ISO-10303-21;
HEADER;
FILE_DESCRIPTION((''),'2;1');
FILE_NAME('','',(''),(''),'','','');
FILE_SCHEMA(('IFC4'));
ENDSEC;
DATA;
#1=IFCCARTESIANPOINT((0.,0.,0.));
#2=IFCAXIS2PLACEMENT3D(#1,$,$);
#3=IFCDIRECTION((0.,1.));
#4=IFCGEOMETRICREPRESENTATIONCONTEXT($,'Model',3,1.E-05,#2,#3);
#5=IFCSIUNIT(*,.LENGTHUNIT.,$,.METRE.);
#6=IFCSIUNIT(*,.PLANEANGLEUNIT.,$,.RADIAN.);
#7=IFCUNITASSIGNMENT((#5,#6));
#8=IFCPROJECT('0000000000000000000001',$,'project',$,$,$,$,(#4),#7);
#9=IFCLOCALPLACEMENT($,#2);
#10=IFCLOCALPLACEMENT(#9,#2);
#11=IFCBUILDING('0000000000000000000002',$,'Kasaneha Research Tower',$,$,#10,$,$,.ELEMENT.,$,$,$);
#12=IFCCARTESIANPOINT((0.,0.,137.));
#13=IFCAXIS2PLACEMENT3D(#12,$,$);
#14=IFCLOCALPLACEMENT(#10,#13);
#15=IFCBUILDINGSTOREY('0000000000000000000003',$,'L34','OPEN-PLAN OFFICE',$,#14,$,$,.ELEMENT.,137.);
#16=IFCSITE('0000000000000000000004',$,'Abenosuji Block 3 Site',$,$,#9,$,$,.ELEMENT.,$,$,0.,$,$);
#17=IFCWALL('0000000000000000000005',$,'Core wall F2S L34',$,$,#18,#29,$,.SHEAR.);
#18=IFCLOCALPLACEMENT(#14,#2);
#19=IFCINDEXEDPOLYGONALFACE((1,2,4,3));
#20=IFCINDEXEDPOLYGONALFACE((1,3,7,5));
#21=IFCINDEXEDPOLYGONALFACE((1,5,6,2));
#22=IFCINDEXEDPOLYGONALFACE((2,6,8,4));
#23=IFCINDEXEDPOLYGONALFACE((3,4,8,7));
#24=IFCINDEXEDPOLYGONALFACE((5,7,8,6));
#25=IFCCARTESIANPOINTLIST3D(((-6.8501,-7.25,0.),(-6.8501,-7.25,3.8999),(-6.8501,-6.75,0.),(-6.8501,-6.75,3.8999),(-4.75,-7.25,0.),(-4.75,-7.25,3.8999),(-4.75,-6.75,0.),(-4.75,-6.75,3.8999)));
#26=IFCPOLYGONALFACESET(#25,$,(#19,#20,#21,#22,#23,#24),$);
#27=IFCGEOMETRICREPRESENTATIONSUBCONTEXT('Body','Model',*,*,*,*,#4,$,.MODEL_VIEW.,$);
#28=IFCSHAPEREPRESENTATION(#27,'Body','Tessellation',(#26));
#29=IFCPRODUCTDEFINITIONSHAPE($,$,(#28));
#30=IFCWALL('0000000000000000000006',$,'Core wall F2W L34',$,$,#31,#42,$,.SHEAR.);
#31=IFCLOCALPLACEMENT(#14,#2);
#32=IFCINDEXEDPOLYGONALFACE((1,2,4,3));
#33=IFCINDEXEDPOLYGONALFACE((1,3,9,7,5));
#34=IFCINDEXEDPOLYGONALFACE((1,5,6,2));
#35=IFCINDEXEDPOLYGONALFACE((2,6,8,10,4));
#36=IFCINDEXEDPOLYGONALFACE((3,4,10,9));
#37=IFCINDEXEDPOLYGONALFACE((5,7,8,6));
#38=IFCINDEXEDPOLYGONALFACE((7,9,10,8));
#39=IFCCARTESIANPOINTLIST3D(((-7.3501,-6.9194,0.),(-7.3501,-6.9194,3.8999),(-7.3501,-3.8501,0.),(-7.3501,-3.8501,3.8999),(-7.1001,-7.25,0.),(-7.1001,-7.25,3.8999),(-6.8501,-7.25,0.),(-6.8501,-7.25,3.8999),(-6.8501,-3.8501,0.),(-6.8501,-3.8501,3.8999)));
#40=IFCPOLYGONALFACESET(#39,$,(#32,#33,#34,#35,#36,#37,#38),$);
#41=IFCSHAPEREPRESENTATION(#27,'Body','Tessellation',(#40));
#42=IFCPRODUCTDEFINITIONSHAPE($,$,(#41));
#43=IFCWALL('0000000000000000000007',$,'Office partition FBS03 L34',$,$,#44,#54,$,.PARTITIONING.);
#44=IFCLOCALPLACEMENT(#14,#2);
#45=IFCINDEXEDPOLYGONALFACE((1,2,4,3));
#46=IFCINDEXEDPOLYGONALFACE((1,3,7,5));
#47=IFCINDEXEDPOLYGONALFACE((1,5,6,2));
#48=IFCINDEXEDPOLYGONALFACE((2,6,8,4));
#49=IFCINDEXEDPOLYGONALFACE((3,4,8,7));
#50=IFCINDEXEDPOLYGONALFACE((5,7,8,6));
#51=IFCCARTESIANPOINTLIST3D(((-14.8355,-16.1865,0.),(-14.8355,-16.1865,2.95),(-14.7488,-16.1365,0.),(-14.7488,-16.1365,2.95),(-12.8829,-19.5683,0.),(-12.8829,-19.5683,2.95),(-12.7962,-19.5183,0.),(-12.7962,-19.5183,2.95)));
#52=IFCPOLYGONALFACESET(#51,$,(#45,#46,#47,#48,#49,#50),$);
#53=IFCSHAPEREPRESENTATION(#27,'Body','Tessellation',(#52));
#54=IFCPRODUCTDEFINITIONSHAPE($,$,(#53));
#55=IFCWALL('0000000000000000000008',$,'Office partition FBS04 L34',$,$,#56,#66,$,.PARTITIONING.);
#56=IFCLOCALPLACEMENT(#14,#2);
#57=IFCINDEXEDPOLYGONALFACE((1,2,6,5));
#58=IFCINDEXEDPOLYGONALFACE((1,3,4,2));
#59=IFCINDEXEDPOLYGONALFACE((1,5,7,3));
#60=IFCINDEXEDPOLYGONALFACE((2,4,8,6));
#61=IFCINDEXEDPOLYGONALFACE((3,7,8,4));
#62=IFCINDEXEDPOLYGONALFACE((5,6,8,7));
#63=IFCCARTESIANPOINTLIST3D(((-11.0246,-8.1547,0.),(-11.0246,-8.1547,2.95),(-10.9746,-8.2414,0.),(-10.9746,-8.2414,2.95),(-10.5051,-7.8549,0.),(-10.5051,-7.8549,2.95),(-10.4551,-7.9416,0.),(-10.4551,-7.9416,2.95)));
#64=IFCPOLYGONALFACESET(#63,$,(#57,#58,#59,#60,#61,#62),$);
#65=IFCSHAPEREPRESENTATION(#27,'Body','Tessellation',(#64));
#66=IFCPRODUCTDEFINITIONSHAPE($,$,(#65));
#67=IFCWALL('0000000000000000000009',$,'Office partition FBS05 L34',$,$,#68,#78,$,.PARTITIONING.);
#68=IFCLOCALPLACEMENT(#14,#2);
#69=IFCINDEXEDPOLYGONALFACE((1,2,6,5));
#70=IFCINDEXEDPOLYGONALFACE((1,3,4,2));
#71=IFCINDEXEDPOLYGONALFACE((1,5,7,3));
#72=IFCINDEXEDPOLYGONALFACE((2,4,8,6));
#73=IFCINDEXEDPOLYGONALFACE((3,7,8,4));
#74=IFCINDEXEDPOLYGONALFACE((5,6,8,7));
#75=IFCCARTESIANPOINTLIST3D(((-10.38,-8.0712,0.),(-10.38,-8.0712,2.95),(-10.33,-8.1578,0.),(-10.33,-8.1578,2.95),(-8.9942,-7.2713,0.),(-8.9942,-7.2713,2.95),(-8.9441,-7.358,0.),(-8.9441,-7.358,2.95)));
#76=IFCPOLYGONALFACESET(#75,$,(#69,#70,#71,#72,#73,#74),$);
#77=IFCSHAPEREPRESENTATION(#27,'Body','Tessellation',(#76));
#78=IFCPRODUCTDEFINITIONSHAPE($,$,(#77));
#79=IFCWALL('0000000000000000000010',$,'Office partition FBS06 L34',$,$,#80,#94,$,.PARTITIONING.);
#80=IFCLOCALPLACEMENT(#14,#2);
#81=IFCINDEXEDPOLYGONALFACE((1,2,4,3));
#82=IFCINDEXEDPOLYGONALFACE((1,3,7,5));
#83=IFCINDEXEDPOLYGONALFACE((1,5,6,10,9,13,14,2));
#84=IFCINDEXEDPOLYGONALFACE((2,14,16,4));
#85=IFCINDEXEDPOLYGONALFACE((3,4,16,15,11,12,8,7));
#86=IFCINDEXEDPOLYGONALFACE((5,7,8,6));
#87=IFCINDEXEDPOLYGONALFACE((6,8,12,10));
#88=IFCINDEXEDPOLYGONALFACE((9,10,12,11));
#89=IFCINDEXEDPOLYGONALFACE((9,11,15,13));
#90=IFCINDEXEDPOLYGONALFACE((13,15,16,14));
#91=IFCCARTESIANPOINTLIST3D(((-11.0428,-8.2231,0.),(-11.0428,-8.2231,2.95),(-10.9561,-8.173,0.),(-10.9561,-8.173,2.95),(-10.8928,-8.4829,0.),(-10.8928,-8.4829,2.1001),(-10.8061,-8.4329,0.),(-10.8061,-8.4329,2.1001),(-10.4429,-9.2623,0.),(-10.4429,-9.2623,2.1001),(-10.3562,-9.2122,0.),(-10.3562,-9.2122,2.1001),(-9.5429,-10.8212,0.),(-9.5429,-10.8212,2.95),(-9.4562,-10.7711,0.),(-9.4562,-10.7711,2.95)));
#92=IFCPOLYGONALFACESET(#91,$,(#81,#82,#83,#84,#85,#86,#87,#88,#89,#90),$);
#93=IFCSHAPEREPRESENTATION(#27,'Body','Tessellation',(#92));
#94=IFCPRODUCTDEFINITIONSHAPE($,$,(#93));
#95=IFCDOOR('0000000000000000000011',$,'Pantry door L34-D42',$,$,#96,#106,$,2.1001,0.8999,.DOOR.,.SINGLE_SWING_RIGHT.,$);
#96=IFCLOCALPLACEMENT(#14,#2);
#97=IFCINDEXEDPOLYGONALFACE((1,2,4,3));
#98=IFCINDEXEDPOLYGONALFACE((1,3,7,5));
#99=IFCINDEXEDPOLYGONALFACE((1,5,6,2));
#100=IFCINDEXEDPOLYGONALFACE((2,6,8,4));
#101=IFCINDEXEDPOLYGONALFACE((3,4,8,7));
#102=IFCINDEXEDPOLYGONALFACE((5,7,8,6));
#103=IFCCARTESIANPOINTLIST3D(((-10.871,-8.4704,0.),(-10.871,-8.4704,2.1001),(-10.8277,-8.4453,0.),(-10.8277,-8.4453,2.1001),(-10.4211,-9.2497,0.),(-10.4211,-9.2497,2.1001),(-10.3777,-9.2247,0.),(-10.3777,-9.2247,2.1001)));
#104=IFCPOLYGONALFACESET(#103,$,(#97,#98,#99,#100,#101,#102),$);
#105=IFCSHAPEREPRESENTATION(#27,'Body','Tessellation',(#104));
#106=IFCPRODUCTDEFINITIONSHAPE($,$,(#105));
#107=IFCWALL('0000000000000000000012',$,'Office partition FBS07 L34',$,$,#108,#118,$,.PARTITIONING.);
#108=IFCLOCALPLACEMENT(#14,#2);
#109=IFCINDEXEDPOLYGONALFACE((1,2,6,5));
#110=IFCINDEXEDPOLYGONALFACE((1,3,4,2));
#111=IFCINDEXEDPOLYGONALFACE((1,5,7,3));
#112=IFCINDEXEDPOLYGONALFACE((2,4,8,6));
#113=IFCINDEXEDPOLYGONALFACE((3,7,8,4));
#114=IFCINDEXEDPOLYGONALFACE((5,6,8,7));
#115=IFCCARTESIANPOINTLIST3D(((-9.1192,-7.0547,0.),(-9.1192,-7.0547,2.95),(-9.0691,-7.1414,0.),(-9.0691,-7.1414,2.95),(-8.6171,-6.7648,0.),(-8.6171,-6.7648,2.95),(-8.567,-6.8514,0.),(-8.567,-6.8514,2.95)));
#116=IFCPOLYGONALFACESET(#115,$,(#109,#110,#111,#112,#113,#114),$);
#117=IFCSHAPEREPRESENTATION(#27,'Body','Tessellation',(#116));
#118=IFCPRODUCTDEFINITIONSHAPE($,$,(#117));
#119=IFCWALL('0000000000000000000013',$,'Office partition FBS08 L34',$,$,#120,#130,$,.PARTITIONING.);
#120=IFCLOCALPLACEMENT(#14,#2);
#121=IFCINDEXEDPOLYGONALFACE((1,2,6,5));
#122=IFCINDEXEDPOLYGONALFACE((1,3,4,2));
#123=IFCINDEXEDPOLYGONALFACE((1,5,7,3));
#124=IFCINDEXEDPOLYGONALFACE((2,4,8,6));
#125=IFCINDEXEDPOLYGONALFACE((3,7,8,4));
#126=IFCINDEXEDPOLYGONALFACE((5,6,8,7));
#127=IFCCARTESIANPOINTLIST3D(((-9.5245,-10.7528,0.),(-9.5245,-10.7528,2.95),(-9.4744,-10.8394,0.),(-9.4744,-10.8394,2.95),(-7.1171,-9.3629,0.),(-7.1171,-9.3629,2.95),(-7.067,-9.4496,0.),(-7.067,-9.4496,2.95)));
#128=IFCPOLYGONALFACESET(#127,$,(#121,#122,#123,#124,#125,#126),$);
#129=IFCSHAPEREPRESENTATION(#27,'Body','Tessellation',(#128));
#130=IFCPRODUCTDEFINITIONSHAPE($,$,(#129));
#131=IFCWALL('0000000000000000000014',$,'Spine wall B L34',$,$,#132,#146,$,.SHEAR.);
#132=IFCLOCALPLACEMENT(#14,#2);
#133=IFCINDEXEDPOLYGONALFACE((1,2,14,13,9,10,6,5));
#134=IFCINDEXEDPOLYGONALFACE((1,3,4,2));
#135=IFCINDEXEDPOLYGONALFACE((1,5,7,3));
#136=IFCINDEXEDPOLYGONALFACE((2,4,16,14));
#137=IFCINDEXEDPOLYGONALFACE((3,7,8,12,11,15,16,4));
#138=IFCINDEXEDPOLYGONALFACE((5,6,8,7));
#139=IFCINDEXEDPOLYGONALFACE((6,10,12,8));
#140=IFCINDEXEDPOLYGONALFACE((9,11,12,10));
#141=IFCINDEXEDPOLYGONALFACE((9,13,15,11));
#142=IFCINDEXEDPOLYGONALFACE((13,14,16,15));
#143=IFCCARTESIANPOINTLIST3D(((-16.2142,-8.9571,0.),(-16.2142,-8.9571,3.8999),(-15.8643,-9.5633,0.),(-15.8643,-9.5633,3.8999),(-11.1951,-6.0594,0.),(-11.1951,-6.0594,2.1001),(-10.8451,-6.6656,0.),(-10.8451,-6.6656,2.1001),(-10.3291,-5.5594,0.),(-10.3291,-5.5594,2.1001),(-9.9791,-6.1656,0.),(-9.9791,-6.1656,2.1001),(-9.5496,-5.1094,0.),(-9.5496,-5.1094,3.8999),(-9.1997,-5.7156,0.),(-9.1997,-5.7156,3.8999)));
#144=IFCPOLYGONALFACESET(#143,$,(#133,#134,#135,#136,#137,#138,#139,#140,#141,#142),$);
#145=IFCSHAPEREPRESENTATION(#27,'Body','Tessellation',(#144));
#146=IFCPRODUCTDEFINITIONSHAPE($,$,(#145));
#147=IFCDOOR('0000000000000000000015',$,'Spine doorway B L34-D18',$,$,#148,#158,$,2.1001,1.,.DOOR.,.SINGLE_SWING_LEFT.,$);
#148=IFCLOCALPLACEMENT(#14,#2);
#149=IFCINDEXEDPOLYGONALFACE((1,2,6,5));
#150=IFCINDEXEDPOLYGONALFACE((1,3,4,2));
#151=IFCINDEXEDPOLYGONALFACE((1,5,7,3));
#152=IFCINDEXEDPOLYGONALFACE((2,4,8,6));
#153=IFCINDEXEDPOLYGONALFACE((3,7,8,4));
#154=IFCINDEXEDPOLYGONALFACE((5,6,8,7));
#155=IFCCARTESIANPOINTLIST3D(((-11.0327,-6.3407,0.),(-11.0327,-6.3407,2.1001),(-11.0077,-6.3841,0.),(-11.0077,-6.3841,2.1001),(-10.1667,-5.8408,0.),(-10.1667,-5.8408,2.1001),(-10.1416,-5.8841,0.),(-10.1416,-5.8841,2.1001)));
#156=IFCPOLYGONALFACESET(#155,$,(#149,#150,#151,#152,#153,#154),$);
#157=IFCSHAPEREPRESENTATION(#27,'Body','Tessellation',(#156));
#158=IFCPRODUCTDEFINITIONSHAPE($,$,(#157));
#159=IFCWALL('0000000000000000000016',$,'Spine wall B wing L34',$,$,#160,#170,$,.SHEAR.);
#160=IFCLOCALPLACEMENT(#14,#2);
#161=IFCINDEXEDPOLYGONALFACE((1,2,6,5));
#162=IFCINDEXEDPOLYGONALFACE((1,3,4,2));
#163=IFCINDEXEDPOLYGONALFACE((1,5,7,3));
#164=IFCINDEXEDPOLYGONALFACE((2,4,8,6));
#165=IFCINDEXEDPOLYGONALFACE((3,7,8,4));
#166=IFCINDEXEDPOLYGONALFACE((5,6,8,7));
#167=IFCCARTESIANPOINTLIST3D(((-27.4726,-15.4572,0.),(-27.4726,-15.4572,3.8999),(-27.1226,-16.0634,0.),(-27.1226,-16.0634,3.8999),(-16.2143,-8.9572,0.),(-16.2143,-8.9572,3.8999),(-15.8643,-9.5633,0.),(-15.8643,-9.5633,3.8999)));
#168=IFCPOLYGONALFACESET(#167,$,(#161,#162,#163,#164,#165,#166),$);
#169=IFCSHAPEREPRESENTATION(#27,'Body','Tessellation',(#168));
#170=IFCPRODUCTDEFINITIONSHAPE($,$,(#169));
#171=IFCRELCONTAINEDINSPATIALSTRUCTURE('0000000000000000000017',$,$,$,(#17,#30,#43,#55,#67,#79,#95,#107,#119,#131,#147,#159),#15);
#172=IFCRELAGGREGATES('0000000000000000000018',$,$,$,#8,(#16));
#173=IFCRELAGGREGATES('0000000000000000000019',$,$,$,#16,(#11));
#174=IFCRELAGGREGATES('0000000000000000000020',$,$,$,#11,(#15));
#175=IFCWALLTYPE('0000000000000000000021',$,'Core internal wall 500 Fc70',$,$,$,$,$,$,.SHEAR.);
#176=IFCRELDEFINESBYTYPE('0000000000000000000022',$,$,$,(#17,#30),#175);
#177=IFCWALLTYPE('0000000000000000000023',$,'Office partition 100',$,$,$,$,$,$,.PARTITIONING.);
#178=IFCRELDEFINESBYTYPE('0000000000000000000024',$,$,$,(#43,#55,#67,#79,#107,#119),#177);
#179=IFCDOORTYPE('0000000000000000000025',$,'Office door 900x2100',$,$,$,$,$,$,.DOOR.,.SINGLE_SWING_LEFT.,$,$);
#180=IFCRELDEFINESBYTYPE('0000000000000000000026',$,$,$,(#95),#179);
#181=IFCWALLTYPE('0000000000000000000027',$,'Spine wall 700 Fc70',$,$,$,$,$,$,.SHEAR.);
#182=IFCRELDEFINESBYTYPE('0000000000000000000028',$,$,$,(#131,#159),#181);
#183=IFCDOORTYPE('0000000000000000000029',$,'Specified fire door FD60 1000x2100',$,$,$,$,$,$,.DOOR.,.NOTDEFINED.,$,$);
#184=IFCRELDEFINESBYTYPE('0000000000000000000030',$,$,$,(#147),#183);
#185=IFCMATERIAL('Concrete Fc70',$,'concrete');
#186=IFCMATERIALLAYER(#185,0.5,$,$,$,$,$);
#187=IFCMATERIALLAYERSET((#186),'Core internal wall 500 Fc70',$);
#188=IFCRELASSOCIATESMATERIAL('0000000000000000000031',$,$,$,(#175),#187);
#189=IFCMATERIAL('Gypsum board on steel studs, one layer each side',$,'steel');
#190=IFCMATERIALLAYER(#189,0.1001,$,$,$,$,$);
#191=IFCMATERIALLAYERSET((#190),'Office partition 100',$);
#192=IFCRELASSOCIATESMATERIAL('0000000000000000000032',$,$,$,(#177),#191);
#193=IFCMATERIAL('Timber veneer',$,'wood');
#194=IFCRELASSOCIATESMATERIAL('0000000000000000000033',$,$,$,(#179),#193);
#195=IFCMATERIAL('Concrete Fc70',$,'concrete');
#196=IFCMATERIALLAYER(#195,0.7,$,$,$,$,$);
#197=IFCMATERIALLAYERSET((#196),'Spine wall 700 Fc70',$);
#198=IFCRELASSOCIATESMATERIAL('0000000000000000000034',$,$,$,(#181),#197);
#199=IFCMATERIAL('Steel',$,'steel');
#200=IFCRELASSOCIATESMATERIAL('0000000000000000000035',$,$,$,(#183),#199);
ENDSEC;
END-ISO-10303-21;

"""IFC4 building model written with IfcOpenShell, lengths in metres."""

from ifc_helpers import new_model, si_unit, direction, frame, frame_2d, origin, place, context, subcontext, project, spatial, polyline, rectangle, outline, extrude, material, layer, layer_set, type_object, element, fill, save


model = new_model("IFC4")

# Units and contexts
model_context = context("Model", 3, precision=1e-05, world=origin(), true_north=direction((0.0, 1.0)))
body_context = subcontext(model_context, "Body", "Model", "MODEL_VIEW")
ifc_project = project(units=[si_unit("LENGTHUNIT", "METRE"), si_unit("PLANEANGLEUNIT", "RADIAN")], contexts=[model_context])

# Site, building, storey
site_placement = place(None, origin())
site = spatial("IfcSite", under=ifc_project, at=site_placement, Name="Abenosuji Block 3 Site", CompositionType="ELEMENT", RefElevation=0.0)
building_placement = place(site_placement, origin())
building = spatial("IfcBuilding", under=site, at=building_placement, Name="Kasaneha Research Tower", CompositionType="ELEMENT")
storey_placement = place(building_placement, frame((0.0, 0.0, 137.0)))
storey = spatial("IfcBuildingStorey", under=building, at=storey_placement, Name="L34", Description="OPEN-PLAN OFFICE", CompositionType="ELEMENT", Elevation=137.0)

# Shared definitions
ifc_material_1 = material(Name="Concrete Fc70", Category="concrete")
ifc_layer_1 = layer(ifc_material_1, 0.5)
ifc_layer_set_1 = layer_set([ifc_layer_1], Name="Core internal wall 500 Fc70")
wall_type_1 = type_object("IfcWallType", Name="Core internal wall 500 Fc70", PredefinedType="SHEAR", material=ifc_layer_set_1)

# Walls
wall_1_placement = place(storey_placement, frame((-6.8501, -7.0, 0.0), z_axis=(0.0, 0.0, 1.0), x_axis=(1.0, 0.0, 0.0)))
element("IfcWall", 1, at=wall_1_placement, inside=storey, type_object=wall_type_1, Name="Core wall F2S L34", PredefinedType="SHEAR", context=body_context, shape_type="SweptSolid", body=[
    extrude(rectangle(XDim=2.1001, YDim=0.5, at=frame_2d((1.05, 0.0))), origin(), (0.0, 0.0, 1.0), 3.8999),
])
wall_2_placement = place(storey_placement, frame((-7.1001, -3.8501, 0.0), z_axis=(0.0, 0.0, 1.0), x_axis=(0.0, -1.0, 0.0)))
element("IfcWall", 2, at=wall_2_placement, inside=storey, type_object=wall_type_1, Name="Core wall F2W L34", PredefinedType="SHEAR", context=body_context, shape_type="SweptSolid", body=[
    extrude(outline(polyline([(0.0, -0.25), (3.0693, -0.25), (3.3999, 0.0), (3.3999, 0.25), (0.0, 0.25), (0.0, -0.25)])), origin(), (0.0, 0.0, 1.0), 3.8999),
])
ifc_material_2 = material(Name="Gypsum board on steel studs, one layer each side", Category="steel")
ifc_layer_2 = layer(ifc_material_2, 0.1001)
ifc_layer_set_2 = layer_set([ifc_layer_2], Name="Office partition 100")
wall_type_2 = type_object("IfcWallType", Name="Office partition 100", PredefinedType="PARTITIONING", material=ifc_layer_set_2)
wall_3_placement = place(storey_placement, frame((-14.7922, -16.1614, 0.0), z_axis=(0.0, 0.0, 1.0), x_axis=(0.500026, -0.866011, 0.0)))
element("IfcWall", 3, at=wall_3_placement, inside=storey, type_object=wall_type_2, Name="Office partition FBS03 L34", PredefinedType="PARTITIONING", context=body_context, shape_type="SweptSolid", body=[
    extrude(rectangle(XDim=3.905, YDim=0.1001, at=frame_2d((1.9526, 0.0))), origin(), (0.0, 0.0, 1.0), 2.95),
])
wall_4_placement = place(storey_placement, frame((-10.9995, -8.198, 0.0), z_axis=(0.0, 0.0, 1.0), x_axis=(0.866131, 0.499816, 0.0)))
element("IfcWall", 4, at=wall_4_placement, inside=storey, type_object=wall_type_2, Name="Office partition FBS04 L34", PredefinedType="PARTITIONING", context=body_context, shape_type="SweptSolid", body=[
    extrude(rectangle(XDim=0.5999, YDim=0.1001, at=frame_2d((0.2998, 0.0))), origin(), (0.0, 0.0, 1.0), 2.95),
])
wall_5_placement = place(storey_placement, frame((-10.355, -8.1145, 0.0), z_axis=(0.0, 0.0, 1.0), x_axis=(0.866094, 0.499881, 0.0)))
element("IfcWall", 5, at=wall_5_placement, inside=storey, type_object=wall_type_2, Name="Office partition FBS05 L34", PredefinedType="PARTITIONING", context=body_context, shape_type="SweptSolid", body=[
    extrude(rectangle(XDim=1.6001, YDim=0.1001, at=frame_2d((0.8, 0.0))), origin(), (0.0, 0.0, 1.0), 2.95),
])

# Wall, opening, door
wall_6_placement = place(storey_placement, frame((-9.4995, -10.7961, 0.0), z_axis=(0.0, 0.0, 1.0), x_axis=(-0.49999, 0.866031, 0.0)))
wall_6 = element("IfcWall", 6, at=wall_6_placement, inside=storey, type_object=wall_type_2, Name="Office partition FBS06 L34", PredefinedType="PARTITIONING", context=body_context, shape_type="SweptSolid", body=[
    extrude(rectangle(XDim=3.0, YDim=0.1001, at=frame_2d((1.5, 0.0))), origin(), (0.0, 0.0, 1.0), 2.95),
])
opening_1_placement = place(wall_6_placement, frame((1.8, 0.0, 0.0)))
opening_1 = element("IfcOpeningElement", 7, at=opening_1_placement, cuts=wall_6, PredefinedType="OPENING", context=body_context, shape_type="SweptSolid", body=[
    extrude(rectangle(XDim=0.8999, YDim=2.1001, at=frame_2d((0.45, 1.05))), frame((0.0, 0.0601, 0.0), z_axis=(0.0, -1.0, 0.0), x_axis=(1.0, 0.0, 0.0)), (0.0, 0.0, 1.0), 0.1201),
])
ifc_material_3 = material(Name="Timber veneer", Category="wood")
door_type_1 = type_object("IfcDoorType", Name="Office door 900x2100", OperationType="SINGLE_SWING_LEFT", PredefinedType="DOOR", material=ifc_material_3)
door_1_placement = place(opening_1_placement, origin())
door_1 = element("IfcDoor", 8, at=door_1_placement, inside=storey, type_object=door_type_1, Name="Pantry door L34-D42", OperationType="SINGLE_SWING_RIGHT", OverallHeight=2.1001, OverallWidth=0.8999, PredefinedType="DOOR", context=body_context, shape_type="SweptSolid", body=[
    extrude(rectangle(XDim=0.8999, YDim=2.1001, at=frame_2d((0.45, 1.05))), frame((0.0, 0.0249, 0.0), z_axis=(0.0, -1.0, 0.0), x_axis=(1.0, 0.0, 0.0)), (0.0, 0.0, 1.0), 0.05),
])
fill(opening_1, door_1)

# Walls
wall_7_placement = place(storey_placement, frame((-9.0942, -7.0981, 0.0), z_axis=(0.0, 0.0, 1.0), x_axis=(0.865954, 0.500123, 0.0)))
element("IfcWall", 9, at=wall_7_placement, inside=storey, type_object=wall_type_2, Name="Office partition FBS07 L34", PredefinedType="PARTITIONING", context=body_context, shape_type="SweptSolid", body=[
    extrude(rectangle(XDim=0.5798, YDim=0.1001, at=frame_2d((0.29, 0.0))), origin(), (0.0, 0.0, 1.0), 2.95),
])
wall_8_placement = place(storey_placement, frame((-7.092, -9.4062, 0.0), z_axis=(0.0, 0.0, 1.0), x_axis=(-0.866035, -0.499983, 0.0)))
element("IfcWall", 10, at=wall_8_placement, inside=storey, type_object=wall_type_2, Name="Office partition FBS08 L34", PredefinedType="PARTITIONING", context=body_context, shape_type="SweptSolid", body=[
    extrude(rectangle(XDim=2.7798, YDim=0.1001, at=frame_2d((1.3899, 0.0))), origin(), (0.0, 0.0, 1.0), 2.95),
])

# Wall, opening, door
ifc_material_4 = material(Name="Concrete Fc70", Category="concrete")
ifc_layer_3 = layer(ifc_material_4, 0.7)
ifc_layer_set_3 = layer_set([ifc_layer_3], Name="Spine wall 700 Fc70")
wall_type_3 = type_object("IfcWallType", Name="Spine wall 700 Fc70", PredefinedType="SHEAR", material=ifc_layer_set_3)
wall_9_placement = place(storey_placement, frame((-9.3748, -5.4126, 0.0), z_axis=(0.0, 0.0, 1.0), x_axis=(-0.866032, -0.499988, 0.0)))
wall_9 = element("IfcWall", 11, at=wall_9_placement, inside=storey, type_object=wall_type_3, Name="Spine wall B L34", PredefinedType="SHEAR", context=body_context, shape_type="SweptSolid", body=[
    extrude(rectangle(XDim=7.6956, YDim=0.7, at=frame_2d((3.8477, 0.0))), origin(), (0.0, 0.0, 1.0), 3.8999),
])
opening_2_placement = place(wall_9_placement, frame((0.8999, 0.0, 0.0)))
opening_2 = element("IfcOpeningElement", 12, at=opening_2_placement, cuts=wall_9, PredefinedType="OPENING", context=body_context, shape_type="SweptSolid", body=[
    extrude(rectangle(XDim=1.0, YDim=2.1001, at=frame_2d((0.5, 1.05))), frame((0.0, 0.3599, 0.0), z_axis=(0.0, -1.0, 0.0), x_axis=(1.0, 0.0, 0.0)), (0.0, 0.0, 1.0), 0.72),
])
ifc_material_5 = material(Name="Steel", Category="steel")
door_type_2 = type_object("IfcDoorType", Name="Specified fire door FD60 1000x2100", OperationType="NOTDEFINED", PredefinedType="DOOR", material=ifc_material_5)
door_2_placement = place(opening_2_placement, origin())
door_2 = element("IfcDoor", 13, at=door_2_placement, inside=storey, type_object=door_type_2, Name="Spine doorway B L34-D18", OperationType="SINGLE_SWING_LEFT", OverallHeight=2.1001, OverallWidth=1.0, PredefinedType="DOOR", context=body_context, shape_type="SweptSolid", body=[
    extrude(rectangle(XDim=1.0, YDim=2.1001, at=frame_2d((0.5, 1.05))), frame((0.0, 0.0249, 0.0), z_axis=(0.0, -1.0, 0.0), x_axis=(1.0, 0.0, 0.0)), (0.0, 0.0, 1.0), 0.05),
])
fill(opening_2, door_2)

# Wall
wall_10_placement = place(storey_placement, frame((-16.0393, -9.2603, 0.0), z_axis=(0.0, 0.0, 1.0), x_axis=(-0.866025, -0.500001, 0.0)))
element("IfcWall", 14, at=wall_10_placement, inside=storey, type_object=wall_type_3, Name="Spine wall B wing L34", PredefinedType="SHEAR", context=body_context, shape_type="SweptSolid", body=[
    extrude(rectangle(XDim=13.0, YDim=0.7, at=frame_2d((6.5, 0.0))), origin(), (0.0, 0.0, 1.0), 3.8999),
])

save(model, "model.ifc")
